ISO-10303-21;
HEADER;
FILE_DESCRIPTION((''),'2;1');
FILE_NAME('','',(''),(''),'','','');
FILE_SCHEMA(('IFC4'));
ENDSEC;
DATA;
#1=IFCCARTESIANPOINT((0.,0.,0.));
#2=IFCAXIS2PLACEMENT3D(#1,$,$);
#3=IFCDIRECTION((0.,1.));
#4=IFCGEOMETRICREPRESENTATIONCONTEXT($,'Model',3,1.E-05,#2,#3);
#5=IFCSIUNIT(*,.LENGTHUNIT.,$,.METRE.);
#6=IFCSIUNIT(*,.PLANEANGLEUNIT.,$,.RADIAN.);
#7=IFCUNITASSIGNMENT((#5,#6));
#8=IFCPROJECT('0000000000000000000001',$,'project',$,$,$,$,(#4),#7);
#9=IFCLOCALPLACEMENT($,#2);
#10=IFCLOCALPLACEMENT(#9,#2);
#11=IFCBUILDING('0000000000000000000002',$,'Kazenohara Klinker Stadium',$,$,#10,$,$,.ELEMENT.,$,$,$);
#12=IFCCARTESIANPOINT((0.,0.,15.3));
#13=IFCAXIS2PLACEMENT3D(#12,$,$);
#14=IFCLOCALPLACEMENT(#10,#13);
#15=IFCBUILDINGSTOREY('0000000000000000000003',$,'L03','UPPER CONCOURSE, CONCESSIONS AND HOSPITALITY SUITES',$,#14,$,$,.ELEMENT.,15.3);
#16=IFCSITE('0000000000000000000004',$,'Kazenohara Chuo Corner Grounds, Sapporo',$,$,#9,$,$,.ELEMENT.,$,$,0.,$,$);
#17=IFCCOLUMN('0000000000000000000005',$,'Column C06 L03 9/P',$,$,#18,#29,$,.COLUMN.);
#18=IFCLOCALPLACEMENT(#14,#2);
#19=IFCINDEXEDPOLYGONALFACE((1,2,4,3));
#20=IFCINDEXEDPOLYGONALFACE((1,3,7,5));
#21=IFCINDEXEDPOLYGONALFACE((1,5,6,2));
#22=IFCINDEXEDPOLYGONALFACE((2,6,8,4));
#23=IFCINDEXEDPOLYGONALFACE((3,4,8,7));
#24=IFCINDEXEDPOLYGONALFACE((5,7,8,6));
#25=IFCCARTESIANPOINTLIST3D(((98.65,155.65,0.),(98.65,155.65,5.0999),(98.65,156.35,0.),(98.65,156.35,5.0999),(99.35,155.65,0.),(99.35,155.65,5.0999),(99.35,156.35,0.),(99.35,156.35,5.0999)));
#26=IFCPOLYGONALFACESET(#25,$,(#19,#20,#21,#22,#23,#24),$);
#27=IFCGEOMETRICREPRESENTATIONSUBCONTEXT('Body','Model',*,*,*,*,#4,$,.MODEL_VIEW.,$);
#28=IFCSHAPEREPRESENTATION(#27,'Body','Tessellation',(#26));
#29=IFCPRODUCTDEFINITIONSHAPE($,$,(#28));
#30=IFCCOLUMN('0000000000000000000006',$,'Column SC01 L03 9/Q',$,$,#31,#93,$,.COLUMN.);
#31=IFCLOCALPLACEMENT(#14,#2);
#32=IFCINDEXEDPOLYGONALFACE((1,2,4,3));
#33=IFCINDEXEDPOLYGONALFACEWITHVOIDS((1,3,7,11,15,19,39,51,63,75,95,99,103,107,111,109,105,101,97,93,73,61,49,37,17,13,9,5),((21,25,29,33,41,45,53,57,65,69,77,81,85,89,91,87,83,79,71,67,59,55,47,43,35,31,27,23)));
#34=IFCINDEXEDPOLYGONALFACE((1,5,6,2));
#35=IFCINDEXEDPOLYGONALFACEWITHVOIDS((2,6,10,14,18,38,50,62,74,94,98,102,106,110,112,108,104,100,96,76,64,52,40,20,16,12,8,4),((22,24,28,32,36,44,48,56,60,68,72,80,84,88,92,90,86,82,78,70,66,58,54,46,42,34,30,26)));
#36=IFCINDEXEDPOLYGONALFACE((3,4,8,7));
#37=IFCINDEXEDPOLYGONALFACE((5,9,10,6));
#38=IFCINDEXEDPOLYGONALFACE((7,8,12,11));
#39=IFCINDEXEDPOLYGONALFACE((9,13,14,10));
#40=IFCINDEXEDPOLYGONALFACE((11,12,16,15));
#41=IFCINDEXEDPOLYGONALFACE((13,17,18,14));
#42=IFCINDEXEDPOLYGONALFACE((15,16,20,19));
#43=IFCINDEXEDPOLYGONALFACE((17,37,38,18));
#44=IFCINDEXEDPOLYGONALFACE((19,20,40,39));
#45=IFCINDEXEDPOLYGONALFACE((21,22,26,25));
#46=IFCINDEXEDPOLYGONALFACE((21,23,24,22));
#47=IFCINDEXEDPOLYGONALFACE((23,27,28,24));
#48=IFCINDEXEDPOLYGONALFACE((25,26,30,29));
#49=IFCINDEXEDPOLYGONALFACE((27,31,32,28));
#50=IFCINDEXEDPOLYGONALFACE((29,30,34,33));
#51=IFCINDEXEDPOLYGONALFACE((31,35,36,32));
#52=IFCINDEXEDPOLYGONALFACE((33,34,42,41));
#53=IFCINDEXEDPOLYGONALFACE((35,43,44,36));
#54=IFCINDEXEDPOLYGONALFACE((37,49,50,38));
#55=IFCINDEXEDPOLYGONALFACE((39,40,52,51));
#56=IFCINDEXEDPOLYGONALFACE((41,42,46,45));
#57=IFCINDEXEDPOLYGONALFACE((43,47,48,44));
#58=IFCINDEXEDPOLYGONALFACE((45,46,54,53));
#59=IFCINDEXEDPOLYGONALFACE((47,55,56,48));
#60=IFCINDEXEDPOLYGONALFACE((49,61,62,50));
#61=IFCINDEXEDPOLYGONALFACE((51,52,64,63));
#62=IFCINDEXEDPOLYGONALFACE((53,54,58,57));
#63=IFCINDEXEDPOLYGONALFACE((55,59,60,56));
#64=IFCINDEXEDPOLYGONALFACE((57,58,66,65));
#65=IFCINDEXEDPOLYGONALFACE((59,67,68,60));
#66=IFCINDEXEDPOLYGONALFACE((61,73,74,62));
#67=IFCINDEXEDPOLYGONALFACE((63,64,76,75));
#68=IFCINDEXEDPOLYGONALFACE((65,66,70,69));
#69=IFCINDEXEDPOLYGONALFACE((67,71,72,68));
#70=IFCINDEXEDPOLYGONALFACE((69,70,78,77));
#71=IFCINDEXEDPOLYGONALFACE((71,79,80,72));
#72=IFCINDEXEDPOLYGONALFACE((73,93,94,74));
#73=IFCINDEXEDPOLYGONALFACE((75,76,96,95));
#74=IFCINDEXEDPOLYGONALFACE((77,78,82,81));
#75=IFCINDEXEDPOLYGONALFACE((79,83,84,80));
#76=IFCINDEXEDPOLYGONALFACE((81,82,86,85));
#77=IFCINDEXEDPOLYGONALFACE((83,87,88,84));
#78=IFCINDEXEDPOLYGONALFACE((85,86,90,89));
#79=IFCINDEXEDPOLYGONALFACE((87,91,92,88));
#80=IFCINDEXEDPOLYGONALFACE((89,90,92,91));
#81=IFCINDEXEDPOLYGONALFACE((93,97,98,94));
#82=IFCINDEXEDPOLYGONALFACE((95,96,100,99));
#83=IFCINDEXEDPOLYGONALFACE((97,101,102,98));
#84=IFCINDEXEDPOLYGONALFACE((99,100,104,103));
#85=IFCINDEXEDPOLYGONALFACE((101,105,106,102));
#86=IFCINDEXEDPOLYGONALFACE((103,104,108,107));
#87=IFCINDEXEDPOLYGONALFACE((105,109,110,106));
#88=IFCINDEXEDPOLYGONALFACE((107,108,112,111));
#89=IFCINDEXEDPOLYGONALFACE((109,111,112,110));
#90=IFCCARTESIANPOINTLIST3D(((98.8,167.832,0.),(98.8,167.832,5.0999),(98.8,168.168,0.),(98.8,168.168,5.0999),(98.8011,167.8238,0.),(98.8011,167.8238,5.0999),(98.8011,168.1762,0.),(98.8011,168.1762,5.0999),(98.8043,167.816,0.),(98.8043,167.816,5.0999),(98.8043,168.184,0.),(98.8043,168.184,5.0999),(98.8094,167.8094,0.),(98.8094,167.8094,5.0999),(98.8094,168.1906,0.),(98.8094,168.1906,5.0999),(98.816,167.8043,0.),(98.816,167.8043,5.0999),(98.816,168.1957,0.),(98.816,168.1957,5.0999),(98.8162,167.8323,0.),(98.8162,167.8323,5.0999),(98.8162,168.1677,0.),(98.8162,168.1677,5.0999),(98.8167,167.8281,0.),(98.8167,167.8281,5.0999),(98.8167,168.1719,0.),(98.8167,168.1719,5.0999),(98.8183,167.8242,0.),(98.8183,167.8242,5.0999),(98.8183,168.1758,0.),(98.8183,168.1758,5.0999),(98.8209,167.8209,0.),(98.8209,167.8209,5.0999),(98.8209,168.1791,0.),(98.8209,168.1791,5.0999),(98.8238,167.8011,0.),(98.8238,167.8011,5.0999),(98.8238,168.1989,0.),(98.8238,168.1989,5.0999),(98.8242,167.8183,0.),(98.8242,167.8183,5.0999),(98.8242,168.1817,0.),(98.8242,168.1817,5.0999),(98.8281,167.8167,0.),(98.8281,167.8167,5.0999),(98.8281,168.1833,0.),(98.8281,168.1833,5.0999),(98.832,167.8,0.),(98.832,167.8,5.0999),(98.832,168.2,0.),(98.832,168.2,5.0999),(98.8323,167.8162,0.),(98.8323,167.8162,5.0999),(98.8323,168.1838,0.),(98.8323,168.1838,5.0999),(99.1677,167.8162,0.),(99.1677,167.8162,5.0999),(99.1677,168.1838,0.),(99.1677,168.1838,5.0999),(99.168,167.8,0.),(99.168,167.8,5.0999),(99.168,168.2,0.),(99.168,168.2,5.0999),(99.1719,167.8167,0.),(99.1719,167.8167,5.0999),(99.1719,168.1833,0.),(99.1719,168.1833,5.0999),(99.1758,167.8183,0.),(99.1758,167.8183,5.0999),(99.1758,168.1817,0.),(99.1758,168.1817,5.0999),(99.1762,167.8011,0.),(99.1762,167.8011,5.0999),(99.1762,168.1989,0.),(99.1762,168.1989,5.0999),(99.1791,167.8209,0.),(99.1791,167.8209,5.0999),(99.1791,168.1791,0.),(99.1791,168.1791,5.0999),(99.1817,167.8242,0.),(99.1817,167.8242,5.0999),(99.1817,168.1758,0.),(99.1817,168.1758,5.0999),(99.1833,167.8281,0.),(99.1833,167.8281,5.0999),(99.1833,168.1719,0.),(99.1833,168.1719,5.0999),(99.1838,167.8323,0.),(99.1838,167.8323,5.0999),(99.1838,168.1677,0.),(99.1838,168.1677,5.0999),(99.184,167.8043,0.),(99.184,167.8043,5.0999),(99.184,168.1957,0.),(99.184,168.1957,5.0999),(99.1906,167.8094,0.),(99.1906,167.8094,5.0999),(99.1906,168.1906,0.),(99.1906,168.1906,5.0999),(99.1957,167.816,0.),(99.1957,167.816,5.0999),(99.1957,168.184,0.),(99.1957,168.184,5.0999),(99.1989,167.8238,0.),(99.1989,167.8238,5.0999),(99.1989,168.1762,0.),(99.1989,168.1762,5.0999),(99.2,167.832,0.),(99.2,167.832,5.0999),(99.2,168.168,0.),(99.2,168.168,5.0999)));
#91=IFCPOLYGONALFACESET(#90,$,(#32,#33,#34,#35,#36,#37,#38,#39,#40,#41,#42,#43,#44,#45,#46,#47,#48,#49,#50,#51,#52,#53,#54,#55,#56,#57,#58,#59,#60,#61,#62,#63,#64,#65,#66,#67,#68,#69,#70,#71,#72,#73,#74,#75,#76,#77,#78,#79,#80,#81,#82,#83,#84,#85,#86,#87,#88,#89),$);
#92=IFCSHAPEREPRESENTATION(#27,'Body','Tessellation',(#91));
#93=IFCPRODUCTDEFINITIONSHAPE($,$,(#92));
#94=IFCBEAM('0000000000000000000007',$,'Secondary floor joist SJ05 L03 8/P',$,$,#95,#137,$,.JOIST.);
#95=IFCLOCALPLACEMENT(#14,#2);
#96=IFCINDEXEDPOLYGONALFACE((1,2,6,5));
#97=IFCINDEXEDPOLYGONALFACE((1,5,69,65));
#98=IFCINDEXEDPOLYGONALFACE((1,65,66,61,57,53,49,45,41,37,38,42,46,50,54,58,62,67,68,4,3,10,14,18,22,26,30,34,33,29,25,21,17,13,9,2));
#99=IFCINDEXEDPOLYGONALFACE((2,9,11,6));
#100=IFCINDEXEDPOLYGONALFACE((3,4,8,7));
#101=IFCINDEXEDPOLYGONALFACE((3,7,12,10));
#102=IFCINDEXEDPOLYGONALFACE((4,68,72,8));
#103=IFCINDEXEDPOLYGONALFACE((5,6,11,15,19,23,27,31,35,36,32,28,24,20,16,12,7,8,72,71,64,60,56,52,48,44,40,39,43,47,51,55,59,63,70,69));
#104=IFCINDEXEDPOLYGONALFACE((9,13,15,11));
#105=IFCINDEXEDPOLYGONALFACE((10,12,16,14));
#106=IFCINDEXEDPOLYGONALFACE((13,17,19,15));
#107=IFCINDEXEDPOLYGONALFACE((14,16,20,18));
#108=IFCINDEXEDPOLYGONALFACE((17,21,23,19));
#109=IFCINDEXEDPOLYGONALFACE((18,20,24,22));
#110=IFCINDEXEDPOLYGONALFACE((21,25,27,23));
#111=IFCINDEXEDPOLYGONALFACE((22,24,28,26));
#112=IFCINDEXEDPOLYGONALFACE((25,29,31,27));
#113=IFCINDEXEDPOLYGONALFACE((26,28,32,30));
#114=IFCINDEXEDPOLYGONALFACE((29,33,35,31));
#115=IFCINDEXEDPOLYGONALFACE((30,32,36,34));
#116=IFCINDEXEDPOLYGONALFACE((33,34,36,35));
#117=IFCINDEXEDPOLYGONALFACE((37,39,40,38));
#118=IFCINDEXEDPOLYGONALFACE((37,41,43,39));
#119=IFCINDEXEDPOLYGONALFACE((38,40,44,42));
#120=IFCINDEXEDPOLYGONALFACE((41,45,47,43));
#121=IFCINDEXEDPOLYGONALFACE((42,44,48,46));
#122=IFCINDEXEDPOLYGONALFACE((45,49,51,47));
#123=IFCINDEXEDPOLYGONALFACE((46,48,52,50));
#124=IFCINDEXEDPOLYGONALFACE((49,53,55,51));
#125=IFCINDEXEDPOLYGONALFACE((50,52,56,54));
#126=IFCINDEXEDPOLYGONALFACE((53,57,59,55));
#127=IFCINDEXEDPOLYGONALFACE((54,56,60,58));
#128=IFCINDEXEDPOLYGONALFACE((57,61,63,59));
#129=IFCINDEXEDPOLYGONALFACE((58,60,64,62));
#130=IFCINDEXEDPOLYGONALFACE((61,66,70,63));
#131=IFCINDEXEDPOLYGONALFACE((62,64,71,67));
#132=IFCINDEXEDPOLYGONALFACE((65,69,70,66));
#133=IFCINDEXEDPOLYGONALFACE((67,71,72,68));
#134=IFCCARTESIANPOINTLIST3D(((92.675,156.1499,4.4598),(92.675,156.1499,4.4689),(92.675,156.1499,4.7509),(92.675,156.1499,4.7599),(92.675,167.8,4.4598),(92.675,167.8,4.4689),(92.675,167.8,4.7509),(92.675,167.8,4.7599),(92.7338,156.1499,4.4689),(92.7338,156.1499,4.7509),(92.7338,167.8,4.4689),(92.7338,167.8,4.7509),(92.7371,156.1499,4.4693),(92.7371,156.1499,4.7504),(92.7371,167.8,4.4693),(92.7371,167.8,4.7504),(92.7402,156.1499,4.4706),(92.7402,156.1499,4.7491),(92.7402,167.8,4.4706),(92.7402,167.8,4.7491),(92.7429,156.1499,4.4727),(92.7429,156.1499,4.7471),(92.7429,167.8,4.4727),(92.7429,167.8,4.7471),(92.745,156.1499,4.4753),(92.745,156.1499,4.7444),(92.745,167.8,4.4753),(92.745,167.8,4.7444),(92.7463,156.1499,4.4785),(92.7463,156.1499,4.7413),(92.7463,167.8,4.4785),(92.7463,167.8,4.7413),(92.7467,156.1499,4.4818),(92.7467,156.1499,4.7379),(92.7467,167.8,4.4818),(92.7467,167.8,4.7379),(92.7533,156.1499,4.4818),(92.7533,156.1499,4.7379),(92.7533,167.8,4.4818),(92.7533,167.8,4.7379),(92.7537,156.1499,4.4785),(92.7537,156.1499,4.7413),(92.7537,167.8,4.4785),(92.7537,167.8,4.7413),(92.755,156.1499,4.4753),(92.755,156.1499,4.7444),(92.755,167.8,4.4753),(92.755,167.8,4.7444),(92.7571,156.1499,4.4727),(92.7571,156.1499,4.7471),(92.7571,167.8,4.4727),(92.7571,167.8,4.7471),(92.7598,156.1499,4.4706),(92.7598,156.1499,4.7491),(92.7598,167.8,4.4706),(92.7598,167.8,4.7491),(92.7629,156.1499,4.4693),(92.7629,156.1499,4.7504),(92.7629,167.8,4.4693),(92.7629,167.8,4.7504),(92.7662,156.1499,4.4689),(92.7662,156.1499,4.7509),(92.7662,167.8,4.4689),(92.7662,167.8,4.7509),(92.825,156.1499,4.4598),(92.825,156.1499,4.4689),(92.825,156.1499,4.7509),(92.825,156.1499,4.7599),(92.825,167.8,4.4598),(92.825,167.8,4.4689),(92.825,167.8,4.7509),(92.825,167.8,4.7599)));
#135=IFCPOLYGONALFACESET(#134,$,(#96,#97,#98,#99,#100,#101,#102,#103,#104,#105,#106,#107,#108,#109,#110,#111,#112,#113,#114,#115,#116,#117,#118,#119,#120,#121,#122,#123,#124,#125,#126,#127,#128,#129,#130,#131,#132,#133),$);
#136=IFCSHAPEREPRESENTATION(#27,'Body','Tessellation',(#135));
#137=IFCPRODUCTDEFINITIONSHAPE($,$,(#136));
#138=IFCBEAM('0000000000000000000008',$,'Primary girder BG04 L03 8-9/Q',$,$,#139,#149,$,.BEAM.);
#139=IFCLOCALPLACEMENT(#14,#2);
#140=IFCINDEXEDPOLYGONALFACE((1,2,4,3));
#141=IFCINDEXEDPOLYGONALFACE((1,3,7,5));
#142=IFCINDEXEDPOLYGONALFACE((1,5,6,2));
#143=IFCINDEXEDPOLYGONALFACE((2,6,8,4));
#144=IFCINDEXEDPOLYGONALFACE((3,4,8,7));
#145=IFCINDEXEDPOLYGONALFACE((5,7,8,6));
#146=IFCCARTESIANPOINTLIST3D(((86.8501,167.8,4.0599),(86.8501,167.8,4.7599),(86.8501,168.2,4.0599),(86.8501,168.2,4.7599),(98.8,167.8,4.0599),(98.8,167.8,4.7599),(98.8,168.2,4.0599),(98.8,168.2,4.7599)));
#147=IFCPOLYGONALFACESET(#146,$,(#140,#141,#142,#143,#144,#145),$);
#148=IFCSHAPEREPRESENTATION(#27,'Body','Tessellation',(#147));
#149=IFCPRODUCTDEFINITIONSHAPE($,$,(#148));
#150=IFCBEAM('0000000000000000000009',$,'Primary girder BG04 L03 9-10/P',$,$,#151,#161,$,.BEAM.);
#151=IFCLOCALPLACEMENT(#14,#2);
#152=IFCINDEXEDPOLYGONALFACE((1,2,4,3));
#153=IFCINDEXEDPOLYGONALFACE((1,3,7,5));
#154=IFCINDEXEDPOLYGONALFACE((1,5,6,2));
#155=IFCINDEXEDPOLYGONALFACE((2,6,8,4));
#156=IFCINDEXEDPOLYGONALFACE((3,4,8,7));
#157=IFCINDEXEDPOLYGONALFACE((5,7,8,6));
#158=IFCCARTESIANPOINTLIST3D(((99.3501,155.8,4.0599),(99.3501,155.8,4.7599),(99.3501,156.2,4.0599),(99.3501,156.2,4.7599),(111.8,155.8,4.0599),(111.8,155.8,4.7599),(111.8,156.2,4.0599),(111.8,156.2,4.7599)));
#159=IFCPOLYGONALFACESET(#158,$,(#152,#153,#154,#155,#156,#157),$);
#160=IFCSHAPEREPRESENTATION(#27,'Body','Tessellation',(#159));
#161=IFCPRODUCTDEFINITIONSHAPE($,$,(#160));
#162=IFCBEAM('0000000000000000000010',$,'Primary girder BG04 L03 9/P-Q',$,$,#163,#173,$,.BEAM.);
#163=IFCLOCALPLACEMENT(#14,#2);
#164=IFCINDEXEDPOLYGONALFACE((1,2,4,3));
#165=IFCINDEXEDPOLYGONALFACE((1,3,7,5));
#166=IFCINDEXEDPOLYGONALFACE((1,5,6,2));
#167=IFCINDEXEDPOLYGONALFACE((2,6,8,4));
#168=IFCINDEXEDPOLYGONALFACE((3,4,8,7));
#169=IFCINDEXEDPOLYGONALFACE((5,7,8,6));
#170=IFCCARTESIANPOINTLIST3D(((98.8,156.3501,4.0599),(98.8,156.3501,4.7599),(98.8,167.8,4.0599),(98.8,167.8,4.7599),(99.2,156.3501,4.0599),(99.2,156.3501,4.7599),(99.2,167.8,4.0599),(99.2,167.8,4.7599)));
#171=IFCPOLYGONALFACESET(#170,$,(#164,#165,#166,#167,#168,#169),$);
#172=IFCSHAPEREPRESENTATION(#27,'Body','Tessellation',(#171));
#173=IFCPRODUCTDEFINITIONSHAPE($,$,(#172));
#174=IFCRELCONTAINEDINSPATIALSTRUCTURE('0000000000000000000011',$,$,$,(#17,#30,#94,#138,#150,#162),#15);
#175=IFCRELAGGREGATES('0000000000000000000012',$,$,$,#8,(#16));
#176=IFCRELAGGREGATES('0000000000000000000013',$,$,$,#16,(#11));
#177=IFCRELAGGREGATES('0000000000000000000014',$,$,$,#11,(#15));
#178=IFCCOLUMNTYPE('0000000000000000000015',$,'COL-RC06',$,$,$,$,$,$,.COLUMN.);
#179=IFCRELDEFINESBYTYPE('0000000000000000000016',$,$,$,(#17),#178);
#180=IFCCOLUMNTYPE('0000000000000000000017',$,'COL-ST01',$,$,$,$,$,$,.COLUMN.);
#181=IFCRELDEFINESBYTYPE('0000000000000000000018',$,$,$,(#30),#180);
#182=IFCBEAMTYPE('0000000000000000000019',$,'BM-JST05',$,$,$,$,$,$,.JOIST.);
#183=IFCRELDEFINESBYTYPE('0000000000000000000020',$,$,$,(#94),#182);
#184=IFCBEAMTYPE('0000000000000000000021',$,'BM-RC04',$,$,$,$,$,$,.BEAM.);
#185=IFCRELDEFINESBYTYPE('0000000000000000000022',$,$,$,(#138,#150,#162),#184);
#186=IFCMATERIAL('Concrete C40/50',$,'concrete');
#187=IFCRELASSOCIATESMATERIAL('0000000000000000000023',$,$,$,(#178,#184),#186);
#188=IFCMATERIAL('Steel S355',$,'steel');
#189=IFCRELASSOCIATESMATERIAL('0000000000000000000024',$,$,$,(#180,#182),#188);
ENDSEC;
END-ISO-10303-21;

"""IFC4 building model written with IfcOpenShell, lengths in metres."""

from ifc_helpers import new_model, si_unit, direction, frame, origin, origin_2d, place, context, subcontext, project, spatial, rectangle, hollow_rectangle, i_section, extrude, material, material_profile, profile_set, type_object, element, save


model = new_model("IFC4")

# Units and contexts
model_context = context("Model", 3, precision=1e-05, world=origin(), true_north=direction((0.0, 1.0)))
body_context = subcontext(model_context, "Body", "Model", "MODEL_VIEW")
ifc_project = project(units=[si_unit("LENGTHUNIT", "METRE"), si_unit("PLANEANGLEUNIT", "RADIAN")], contexts=[model_context])

# Site, building, storey
site_placement = place(None, origin())
site = spatial("IfcSite", under=ifc_project, at=site_placement, Name="Kazenohara Chuo Corner Grounds, Sapporo", CompositionType="ELEMENT", RefElevation=0.0)
building_placement = place(site_placement, origin())
building = spatial("IfcBuilding", under=site, at=building_placement, Name="Kazenohara Klinker Stadium", CompositionType="ELEMENT")
storey_placement = place(building_placement, frame((0.0, 0.0, 15.3)))
storey = spatial("IfcBuildingStorey", under=building, at=storey_placement, Name="L03", Description="UPPER CONCOURSE, CONCESSIONS AND HOSPITALITY SUITES", CompositionType="ELEMENT", Elevation=15.3)

# Columns
ifc_material_1 = material(Name="Concrete C40/50", Category="concrete")
ifc_material_profile_1 = material_profile(ifc_material_1, rectangle(XDim=0.7, YDim=0.7, at=origin_2d()), Name="RC-COL-700x700")
ifc_profile_set_1 = profile_set([ifc_material_profile_1], Name="Concrete C40/50")
column_type_1 = type_object("IfcColumnType", Name="COL-RC06", PredefinedType="COLUMN", material=ifc_profile_set_1)
column_1_placement = place(storey_placement, frame((99.0, 156.0, 0.0), z_axis=(0.0, 0.0, 1.0), x_axis=(1.0, 0.0, 0.0)))
element("IfcColumn", 1, at=column_1_placement, inside=storey, type_object=column_type_1, Name="Column C06 L03 9/P", PredefinedType="COLUMN", context=body_context, shape_type="SweptSolid", body=[
    extrude(rectangle(XDim=0.7, YDim=0.7, at=origin_2d()), origin(), (0.0, 0.0, 1.0), 5.0999),
])
ifc_material_2 = material(Name="Steel S355", Category="steel")
ifc_material_profile_2 = material_profile(ifc_material_2, hollow_rectangle(XDim=0.3999, YDim=0.3999, WallThickness=0.0161, InnerFilletRadius=0.0161, OuterFilletRadius=0.032, at=origin_2d()), Name="SHS-400x400x16")
ifc_profile_set_2 = profile_set([ifc_material_profile_2], Name="Steel S355")
column_type_2 = type_object("IfcColumnType", Name="COL-ST01", PredefinedType="COLUMN", material=ifc_profile_set_2)
column_2_placement = place(storey_placement, frame((99.0, 168.0, 0.0), z_axis=(0.0, 0.0, 1.0), x_axis=(1.0, 0.0, 0.0)))
element("IfcColumn", 2, at=column_2_placement, inside=storey, type_object=column_type_2, Name="Column SC01 L03 9/Q", PredefinedType="COLUMN", context=body_context, shape_type="SweptSolid", body=[
    extrude(hollow_rectangle(XDim=0.3999, YDim=0.3999, WallThickness=0.0161, InnerFilletRadius=0.0161, OuterFilletRadius=0.032, at=origin_2d()), origin(), (0.0, 0.0, 1.0), 5.0999),
])

# Beams
ifc_material_profile_3 = material_profile(ifc_material_2, i_section(OverallWidth=0.1499, OverallDepth=0.3, WebThickness=0.0066, FlangeThickness=0.009, FilletRadius=0.0129, at=origin_2d()), Name="H-300x150x6.5x9")
ifc_profile_set_3 = profile_set([ifc_material_profile_3], Name="Steel S355")
beam_type_1 = type_object("IfcBeamType", Name="BM-JST05", PredefinedType="JOIST", material=ifc_profile_set_3)
beam_1_placement = place(storey_placement, frame((92.75, 156.1499, 4.6099), z_axis=(0.0, 1.0, 0.0), x_axis=(-1.0, 0.0, 0.0)))
element("IfcBeam", 3, at=beam_1_placement, inside=storey, type_object=beam_type_1, Name="Secondary floor joist SJ05 L03 8/P", PredefinedType="JOIST", context=body_context, shape_type="SweptSolid", body=[
    extrude(i_section(OverallWidth=0.1499, OverallDepth=0.3, WebThickness=0.0066, FlangeThickness=0.009, FilletRadius=0.0129, at=origin_2d()), origin(), (0.0, 0.0, 1.0), 11.6501),
])
ifc_material_profile_4 = material_profile(ifc_material_1, rectangle(XDim=0.3999, YDim=0.7, at=origin_2d()), Name="RC-BM-400x700")
ifc_profile_set_4 = profile_set([ifc_material_profile_4], Name="Concrete C40/50")
beam_type_2 = type_object("IfcBeamType", Name="BM-RC04", PredefinedType="BEAM", material=ifc_profile_set_4)
beam_2_placement = place(storey_placement, frame((86.8501, 168.0, 4.4099), z_axis=(1.0, 0.0, 0.0), x_axis=(0.0, 1.0, 0.0)))
element("IfcBeam", 4, at=beam_2_placement, inside=storey, type_object=beam_type_2, Name="Primary girder BG04 L03 8-9/Q", PredefinedType="BEAM", context=body_context, shape_type="SweptSolid", body=[
    extrude(rectangle(XDim=0.3999, YDim=0.7, at=origin_2d()), origin(), (0.0, 0.0, 1.0), 11.95),
])
beam_3_placement = place(storey_placement, frame((99.3501, 156.0, 4.4099), z_axis=(1.0, 0.0, 0.0), x_axis=(0.0, 1.0, 0.0)))
element("IfcBeam", 5, at=beam_3_placement, inside=storey, type_object=beam_type_2, Name="Primary girder BG04 L03 9-10/P", PredefinedType="BEAM", context=body_context, shape_type="SweptSolid", body=[
    extrude(rectangle(XDim=0.3999, YDim=0.7, at=origin_2d()), origin(), (0.0, 0.0, 1.0), 12.45),
])
beam_4_placement = place(storey_placement, frame((99.0, 156.3501, 4.4099), z_axis=(0.0, 1.0, 0.0), x_axis=(-1.0, 0.0, 0.0)))
element("IfcBeam", 6, at=beam_4_placement, inside=storey, type_object=beam_type_2, Name="Primary girder BG04 L03 9/P-Q", PredefinedType="BEAM", context=body_context, shape_type="SweptSolid", body=[
    extrude(rectangle(XDim=0.3999, YDim=0.7, at=origin_2d()), origin(), (0.0, 0.0, 1.0), 11.45),
])

save(model, "model.ifc")
